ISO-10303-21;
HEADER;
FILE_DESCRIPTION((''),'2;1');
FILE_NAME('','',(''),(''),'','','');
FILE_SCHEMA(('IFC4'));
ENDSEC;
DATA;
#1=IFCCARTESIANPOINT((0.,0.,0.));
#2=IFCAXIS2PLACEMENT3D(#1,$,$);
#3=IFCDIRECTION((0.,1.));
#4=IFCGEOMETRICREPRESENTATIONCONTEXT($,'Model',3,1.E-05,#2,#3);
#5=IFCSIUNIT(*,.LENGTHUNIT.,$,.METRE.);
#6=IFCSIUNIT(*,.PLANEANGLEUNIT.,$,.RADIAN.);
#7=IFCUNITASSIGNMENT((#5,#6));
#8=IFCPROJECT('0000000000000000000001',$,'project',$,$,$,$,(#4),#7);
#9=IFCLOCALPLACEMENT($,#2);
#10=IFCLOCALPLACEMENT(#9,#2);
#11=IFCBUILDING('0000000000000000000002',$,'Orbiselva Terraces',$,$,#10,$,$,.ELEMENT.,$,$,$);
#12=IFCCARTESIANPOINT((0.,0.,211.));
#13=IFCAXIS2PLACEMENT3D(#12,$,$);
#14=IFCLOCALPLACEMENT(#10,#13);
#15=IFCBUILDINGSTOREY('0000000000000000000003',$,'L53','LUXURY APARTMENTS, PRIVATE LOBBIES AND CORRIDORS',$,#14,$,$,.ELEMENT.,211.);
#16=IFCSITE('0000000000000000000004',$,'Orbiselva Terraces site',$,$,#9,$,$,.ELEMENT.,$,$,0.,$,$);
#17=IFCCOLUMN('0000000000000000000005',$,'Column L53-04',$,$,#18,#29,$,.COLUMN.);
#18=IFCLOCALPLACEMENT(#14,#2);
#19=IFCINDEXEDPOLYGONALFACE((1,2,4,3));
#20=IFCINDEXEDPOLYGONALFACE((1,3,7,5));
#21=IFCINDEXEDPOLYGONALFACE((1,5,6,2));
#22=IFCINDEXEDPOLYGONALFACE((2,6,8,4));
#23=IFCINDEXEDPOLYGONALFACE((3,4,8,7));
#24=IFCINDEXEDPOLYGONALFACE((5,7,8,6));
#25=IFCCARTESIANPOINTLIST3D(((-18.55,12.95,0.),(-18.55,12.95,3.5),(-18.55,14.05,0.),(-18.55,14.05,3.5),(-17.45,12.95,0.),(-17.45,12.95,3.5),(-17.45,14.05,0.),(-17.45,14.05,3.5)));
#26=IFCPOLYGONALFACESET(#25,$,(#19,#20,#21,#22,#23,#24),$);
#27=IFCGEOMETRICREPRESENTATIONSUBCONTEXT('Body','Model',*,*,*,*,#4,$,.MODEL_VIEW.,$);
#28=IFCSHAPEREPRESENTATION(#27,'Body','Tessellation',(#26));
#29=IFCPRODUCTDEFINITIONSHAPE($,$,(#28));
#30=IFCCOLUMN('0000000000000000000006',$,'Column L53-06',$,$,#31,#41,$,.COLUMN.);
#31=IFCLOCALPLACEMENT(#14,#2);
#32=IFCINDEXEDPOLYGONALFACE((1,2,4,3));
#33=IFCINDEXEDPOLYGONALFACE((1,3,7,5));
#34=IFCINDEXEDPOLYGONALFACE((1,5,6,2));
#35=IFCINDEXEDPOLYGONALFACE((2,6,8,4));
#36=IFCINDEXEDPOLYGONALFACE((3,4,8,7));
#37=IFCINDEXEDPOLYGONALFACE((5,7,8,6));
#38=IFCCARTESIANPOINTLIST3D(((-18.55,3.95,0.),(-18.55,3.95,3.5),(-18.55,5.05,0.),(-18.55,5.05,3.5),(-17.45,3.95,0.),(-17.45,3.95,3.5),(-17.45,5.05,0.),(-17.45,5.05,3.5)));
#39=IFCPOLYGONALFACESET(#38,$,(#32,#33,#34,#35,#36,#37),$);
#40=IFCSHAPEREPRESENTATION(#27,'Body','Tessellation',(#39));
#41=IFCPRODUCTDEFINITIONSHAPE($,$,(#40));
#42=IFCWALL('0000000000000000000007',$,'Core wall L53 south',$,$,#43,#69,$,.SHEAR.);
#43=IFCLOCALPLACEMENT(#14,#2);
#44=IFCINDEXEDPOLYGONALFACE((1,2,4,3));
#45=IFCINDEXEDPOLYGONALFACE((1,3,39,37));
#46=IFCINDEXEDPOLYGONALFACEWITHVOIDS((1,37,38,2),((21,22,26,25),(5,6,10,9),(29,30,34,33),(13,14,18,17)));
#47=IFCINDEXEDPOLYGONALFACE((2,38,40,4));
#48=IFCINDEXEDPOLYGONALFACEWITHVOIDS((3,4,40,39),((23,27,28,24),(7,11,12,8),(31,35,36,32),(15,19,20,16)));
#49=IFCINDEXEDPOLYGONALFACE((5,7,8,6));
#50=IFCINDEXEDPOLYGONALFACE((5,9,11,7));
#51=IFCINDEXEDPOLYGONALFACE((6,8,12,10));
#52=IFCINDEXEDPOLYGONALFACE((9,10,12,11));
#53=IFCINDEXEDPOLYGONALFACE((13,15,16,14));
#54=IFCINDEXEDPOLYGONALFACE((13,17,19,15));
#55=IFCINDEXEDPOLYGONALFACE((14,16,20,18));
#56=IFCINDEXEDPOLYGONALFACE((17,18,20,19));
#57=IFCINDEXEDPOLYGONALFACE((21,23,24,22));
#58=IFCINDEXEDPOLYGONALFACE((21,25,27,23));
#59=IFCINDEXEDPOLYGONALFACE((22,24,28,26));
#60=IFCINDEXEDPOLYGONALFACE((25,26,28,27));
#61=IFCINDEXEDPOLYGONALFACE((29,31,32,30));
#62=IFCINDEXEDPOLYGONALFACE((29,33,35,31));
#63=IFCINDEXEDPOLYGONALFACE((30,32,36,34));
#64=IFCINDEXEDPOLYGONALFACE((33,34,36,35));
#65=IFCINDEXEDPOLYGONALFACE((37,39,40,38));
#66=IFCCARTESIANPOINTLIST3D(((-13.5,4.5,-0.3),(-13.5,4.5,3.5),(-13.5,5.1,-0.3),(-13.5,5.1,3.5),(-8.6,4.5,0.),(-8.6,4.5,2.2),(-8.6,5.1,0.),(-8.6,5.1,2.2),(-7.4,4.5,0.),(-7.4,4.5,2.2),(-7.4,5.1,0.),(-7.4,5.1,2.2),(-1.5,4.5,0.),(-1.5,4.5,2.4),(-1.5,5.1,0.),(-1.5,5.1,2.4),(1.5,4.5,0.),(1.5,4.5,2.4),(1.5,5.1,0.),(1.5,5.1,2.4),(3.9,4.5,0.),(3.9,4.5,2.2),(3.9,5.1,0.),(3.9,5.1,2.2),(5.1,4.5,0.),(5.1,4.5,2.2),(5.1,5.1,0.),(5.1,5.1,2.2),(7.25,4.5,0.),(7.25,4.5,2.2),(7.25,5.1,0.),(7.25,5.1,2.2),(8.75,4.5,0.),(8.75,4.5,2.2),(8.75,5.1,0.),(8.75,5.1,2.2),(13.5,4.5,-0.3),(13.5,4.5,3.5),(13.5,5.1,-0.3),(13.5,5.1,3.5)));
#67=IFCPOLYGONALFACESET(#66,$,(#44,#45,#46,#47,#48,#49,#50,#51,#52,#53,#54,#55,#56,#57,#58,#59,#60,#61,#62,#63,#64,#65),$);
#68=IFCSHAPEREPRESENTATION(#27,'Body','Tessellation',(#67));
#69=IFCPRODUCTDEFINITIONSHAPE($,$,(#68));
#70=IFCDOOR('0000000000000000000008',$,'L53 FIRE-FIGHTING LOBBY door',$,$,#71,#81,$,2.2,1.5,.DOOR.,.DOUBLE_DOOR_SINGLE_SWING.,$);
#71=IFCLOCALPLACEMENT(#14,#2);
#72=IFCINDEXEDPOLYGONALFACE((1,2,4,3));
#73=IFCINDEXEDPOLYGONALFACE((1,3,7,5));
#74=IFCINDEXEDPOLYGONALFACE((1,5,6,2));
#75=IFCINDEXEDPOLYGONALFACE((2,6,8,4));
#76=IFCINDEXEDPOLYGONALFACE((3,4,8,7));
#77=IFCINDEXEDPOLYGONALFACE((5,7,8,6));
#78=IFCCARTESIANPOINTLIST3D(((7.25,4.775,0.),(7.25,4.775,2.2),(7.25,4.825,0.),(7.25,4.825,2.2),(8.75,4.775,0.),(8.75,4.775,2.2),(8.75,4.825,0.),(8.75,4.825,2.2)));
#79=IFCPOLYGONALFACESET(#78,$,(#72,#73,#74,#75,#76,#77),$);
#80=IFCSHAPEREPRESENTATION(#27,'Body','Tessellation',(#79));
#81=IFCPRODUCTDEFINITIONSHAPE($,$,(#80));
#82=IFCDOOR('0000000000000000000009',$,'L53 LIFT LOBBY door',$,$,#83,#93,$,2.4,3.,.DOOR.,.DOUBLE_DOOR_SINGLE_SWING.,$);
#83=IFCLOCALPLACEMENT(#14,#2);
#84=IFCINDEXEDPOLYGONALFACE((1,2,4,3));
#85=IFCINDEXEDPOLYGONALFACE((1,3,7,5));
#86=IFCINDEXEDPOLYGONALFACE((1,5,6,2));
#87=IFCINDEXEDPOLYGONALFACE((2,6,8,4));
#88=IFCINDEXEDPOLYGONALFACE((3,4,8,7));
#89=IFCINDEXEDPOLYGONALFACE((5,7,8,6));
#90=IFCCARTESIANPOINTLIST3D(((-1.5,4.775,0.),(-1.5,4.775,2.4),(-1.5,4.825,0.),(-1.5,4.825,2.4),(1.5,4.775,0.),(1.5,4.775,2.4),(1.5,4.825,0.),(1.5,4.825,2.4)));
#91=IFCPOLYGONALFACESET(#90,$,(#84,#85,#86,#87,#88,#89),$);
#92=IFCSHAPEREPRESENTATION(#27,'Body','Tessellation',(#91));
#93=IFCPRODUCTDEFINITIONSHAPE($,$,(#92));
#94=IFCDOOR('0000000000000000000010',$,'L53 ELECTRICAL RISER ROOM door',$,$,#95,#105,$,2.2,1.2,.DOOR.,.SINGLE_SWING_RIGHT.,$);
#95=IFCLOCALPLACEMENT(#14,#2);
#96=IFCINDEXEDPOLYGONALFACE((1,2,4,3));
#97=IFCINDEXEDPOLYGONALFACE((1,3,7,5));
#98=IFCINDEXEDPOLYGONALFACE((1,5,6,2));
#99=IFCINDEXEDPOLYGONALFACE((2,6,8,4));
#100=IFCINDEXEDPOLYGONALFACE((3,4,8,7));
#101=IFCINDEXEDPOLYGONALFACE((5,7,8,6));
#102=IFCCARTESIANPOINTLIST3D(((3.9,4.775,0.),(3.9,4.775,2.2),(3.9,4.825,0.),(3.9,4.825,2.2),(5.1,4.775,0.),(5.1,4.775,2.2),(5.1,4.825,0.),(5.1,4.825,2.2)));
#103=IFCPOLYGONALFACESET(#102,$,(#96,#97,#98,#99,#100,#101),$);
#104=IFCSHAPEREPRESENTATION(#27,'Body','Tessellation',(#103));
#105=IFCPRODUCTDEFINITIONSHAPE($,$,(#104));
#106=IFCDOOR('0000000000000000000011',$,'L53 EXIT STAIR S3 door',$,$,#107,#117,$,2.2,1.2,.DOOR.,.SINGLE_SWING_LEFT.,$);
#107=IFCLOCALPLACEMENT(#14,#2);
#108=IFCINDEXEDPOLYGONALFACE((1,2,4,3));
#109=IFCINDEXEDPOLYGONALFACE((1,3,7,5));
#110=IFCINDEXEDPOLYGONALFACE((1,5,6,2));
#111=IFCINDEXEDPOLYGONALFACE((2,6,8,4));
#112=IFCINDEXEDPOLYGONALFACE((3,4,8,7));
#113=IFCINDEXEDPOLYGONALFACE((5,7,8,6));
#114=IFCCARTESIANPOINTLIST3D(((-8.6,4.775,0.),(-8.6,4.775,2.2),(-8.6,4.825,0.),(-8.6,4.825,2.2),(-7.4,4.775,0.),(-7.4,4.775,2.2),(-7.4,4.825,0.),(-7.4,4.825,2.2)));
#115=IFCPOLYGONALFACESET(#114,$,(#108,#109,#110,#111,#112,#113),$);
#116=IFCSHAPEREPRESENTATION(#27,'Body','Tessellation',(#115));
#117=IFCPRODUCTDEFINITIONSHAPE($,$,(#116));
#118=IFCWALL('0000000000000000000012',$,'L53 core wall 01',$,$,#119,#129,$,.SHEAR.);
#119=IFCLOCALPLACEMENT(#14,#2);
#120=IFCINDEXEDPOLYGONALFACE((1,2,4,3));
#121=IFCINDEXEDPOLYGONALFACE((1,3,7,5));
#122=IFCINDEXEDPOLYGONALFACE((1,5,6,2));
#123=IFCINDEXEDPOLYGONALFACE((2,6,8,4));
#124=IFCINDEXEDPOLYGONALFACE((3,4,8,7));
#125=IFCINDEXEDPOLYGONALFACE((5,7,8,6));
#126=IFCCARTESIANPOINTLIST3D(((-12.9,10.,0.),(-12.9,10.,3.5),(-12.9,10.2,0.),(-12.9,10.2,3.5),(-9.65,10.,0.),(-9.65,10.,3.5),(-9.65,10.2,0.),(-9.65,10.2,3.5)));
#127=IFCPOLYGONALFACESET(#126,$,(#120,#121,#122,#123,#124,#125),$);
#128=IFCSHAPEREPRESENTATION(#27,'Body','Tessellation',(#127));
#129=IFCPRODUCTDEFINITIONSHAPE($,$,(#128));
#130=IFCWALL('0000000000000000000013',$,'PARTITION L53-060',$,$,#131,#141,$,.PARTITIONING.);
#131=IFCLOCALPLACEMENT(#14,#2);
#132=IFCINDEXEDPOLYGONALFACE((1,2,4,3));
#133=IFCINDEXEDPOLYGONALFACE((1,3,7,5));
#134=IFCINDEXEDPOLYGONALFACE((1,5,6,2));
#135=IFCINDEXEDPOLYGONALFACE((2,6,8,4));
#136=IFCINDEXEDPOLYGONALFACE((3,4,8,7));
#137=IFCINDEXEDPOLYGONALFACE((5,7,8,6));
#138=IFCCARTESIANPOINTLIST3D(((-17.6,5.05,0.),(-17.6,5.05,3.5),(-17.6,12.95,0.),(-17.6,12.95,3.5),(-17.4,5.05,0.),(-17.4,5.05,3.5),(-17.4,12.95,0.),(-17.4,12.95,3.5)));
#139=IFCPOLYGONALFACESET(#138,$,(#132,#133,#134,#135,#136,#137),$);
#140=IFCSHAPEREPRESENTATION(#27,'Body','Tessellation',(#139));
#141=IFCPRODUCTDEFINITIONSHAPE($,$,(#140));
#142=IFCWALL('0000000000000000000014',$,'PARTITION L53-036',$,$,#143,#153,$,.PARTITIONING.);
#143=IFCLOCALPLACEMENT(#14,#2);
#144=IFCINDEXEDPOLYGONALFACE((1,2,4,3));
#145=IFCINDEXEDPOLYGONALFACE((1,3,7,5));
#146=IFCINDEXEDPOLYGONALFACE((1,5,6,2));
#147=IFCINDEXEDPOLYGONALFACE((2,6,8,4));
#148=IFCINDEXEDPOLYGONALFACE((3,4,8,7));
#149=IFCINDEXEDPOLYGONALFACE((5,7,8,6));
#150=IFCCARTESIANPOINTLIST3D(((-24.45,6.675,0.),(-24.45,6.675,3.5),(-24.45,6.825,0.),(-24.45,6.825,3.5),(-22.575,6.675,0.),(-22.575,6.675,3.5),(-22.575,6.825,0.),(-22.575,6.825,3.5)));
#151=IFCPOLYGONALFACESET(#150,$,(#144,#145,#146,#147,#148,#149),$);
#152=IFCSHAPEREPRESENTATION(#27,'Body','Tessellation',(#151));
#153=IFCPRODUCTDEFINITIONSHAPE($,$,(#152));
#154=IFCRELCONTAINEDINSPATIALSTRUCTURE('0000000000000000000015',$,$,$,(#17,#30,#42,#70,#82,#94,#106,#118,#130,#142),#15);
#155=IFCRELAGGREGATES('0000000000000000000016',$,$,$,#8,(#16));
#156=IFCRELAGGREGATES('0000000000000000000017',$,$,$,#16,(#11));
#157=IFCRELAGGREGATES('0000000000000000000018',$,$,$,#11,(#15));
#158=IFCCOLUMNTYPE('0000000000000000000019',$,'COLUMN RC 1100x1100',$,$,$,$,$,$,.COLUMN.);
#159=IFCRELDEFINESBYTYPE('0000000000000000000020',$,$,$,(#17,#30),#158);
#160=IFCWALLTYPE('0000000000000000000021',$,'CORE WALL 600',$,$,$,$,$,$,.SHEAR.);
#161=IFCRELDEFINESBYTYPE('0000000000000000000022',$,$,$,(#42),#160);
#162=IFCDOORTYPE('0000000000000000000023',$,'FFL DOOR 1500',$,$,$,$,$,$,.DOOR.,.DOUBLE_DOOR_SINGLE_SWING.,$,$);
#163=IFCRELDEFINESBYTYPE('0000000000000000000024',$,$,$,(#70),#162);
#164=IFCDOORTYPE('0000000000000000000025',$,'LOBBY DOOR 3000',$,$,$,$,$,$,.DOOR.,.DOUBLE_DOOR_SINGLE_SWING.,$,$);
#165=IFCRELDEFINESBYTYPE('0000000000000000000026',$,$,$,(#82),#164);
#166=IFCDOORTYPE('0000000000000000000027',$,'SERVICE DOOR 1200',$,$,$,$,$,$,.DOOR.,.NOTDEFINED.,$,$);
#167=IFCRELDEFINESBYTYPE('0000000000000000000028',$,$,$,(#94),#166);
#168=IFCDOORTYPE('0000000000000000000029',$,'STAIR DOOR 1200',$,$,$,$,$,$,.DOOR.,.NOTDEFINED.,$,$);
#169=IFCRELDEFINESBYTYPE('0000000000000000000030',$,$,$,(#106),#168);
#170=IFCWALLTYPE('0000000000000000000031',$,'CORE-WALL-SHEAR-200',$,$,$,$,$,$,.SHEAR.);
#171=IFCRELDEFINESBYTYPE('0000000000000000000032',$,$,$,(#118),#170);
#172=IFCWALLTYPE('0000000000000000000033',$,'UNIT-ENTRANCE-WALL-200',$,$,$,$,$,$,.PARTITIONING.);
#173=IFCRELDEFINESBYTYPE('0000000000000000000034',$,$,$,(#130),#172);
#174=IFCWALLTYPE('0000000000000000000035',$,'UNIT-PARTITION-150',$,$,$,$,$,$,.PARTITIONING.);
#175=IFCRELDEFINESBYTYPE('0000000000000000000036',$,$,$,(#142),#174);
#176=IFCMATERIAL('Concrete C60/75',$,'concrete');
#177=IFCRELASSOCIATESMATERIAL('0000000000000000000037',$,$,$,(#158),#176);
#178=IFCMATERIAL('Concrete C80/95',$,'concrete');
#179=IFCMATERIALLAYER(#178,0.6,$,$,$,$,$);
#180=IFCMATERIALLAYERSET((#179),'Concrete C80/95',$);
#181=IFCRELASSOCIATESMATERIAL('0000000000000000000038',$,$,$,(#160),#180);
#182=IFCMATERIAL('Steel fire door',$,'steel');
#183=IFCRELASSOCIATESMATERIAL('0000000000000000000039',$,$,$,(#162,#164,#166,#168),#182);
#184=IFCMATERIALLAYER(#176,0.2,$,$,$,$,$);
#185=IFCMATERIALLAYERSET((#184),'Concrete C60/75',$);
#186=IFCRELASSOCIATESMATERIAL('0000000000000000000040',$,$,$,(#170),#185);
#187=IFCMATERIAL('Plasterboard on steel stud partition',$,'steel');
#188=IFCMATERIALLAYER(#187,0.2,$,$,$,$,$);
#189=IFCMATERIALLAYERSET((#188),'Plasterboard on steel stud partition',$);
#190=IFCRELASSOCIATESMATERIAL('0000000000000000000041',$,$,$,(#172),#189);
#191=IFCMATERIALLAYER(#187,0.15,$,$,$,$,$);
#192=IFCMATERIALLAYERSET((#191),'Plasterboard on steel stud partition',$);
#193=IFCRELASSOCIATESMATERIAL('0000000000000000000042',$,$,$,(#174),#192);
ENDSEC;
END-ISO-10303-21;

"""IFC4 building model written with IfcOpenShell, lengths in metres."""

from ifc_helpers import new_model, si_unit, direction, frame, frame_2d, origin, origin_2d, place, context, subcontext, project, spatial, rectangle, extrude, material, layer, layer_set, material_profile, profile_set, type_object, element, fill, save


model = new_model("IFC4")

# Units and contexts
model_context = context("Model", 3, precision=1e-05, world=origin(), true_north=direction((0.0, 1.0)))
body_context = subcontext(model_context, "Body", "Model", "MODEL_VIEW")
ifc_project = project(units=[si_unit("LENGTHUNIT", "METRE"), si_unit("PLANEANGLEUNIT", "RADIAN")], contexts=[model_context])

# Site, building, storey
site_placement = place(None, origin())
site = spatial("IfcSite", under=ifc_project, at=site_placement, Name="Orbiselva Terraces site", CompositionType="ELEMENT", RefElevation=0.0)
building_placement = place(site_placement, origin())
building = spatial("IfcBuilding", under=site, at=building_placement, Name="Orbiselva Terraces", CompositionType="ELEMENT")
storey_placement = place(building_placement, frame((0.0, 0.0, 211.0)))
storey = spatial("IfcBuildingStorey", under=building, at=storey_placement, Name="L53", Description="LUXURY APARTMENTS, PRIVATE LOBBIES AND CORRIDORS", CompositionType="ELEMENT", Elevation=211.0)

# Columns
ifc_material_1 = material(Name="Concrete C60/75", Category="concrete")
ifc_material_profile = material_profile(ifc_material_1, rectangle(XDim=1.1, YDim=1.1, at=origin_2d()), Name="RC 1100x1100")
ifc_profile_set = profile_set([ifc_material_profile], Name="Concrete C60/75")
column_type = type_object("IfcColumnType", Name="COLUMN RC 1100x1100", PredefinedType="COLUMN", material=ifc_profile_set)
for number, where, z_axis, x_axis, name in (
    (1, (-18.0, 13.5, 0.0), (0.0, 0.0, 1.0), (1.0, 0.0, 0.0), "Column L53-04"),
    (2, (-18.0, 4.5, 0.0), (0.0, 0.0, 1.0), (1.0, 0.0, 0.0), "Column L53-06"),
):
    element("IfcColumn", number, at=place(storey_placement, frame(where, z_axis=z_axis, x_axis=x_axis)), inside=storey, type_object=column_type, Name=name, PredefinedType="COLUMN", context=body_context, shape_type="SweptSolid", body=[
        extrude(rectangle(XDim=1.1, YDim=1.1, at=origin_2d()), origin(), (0.0, 0.0, 1.0), 3.5),
    ])

# Wall, openings, doors
ifc_material_2 = material(Name="Concrete C80/95", Category="concrete")
ifc_layer_1 = layer(ifc_material_2, 0.6)
ifc_layer_set_1 = layer_set([ifc_layer_1], Name="Concrete C80/95")
wall_type_1 = type_object("IfcWallType", Name="CORE WALL 600", PredefinedType="SHEAR", material=ifc_layer_set_1)
wall_1_placement = place(storey_placement, frame((-13.5, 4.8, -0.3), z_axis=(0.0, 0.0, 1.0), x_axis=(1.0, 0.0, 0.0)))
wall_1 = element("IfcWall", 3, at=wall_1_placement, inside=storey, type_object=wall_type_1, Name="Core wall L53 south", PredefinedType="SHEAR", context=body_context, shape_type="SweptSolid", body=[
    extrude(rectangle(XDim=27.0, YDim=0.6, at=frame_2d((13.5, 0.0))), origin(), (0.0, 0.0, 1.0), 3.8),
])
opening_1_placement = place(wall_1_placement, frame((12.0, 0.0, 0.3)))
opening_1 = element("IfcOpeningElement", 4, at=opening_1_placement, cuts=wall_1, PredefinedType="OPENING", context=body_context, shape_type="SweptSolid", body=[
    extrude(rectangle(XDim=3.0, YDim=2.4, at=frame_2d((1.5, 1.2))), frame((0.0, 0.31, 0.0), z_axis=(0.0, -1.0, 0.0), x_axis=(1.0, 0.0, 0.0)), (0.0, 0.0, 1.0), 0.62),
])
opening_2_placement = place(wall_1_placement, frame((4.9, 0.0, 0.3)))
opening_2 = element("IfcOpeningElement", 5, at=opening_2_placement, cuts=wall_1, PredefinedType="OPENING", context=body_context, shape_type="SweptSolid", body=[
    extrude(rectangle(XDim=1.2, YDim=2.2, at=frame_2d((0.6, 1.1))), frame((0.0, 0.31, 0.0), z_axis=(0.0, -1.0, 0.0), x_axis=(1.0, 0.0, 0.0)), (0.0, 0.0, 1.0), 0.62),
])
opening_3_placement = place(wall_1_placement, frame((20.75, 0.0, 0.3)))
opening_3 = element("IfcOpeningElement", 6, at=opening_3_placement, cuts=wall_1, PredefinedType="OPENING", context=body_context, shape_type="SweptSolid", body=[
    extrude(rectangle(XDim=1.5, YDim=2.2, at=frame_2d((0.75, 1.1))), frame((0.0, 0.31, 0.0), z_axis=(0.0, -1.0, 0.0), x_axis=(1.0, 0.0, 0.0)), (0.0, 0.0, 1.0), 0.62),
])
opening_4_placement = place(wall_1_placement, frame((17.4, 0.0, 0.3)))
opening_4 = element("IfcOpeningElement", 7, at=opening_4_placement, cuts=wall_1, PredefinedType="OPENING", context=body_context, shape_type="SweptSolid", body=[
    extrude(rectangle(XDim=1.2, YDim=2.2, at=frame_2d((0.6, 1.1))), frame((0.0, 0.31, 0.0), z_axis=(0.0, -1.0, 0.0), x_axis=(1.0, 0.0, 0.0)), (0.0, 0.0, 1.0), 0.62),
])
ifc_material_3 = material(Name="Steel fire door", Category="steel")
door_type_1 = type_object("IfcDoorType", Name="FFL DOOR 1500", OperationType="DOUBLE_DOOR_SINGLE_SWING", PredefinedType="DOOR", material=ifc_material_3)
door_1_placement = place(opening_3_placement, frame((1.5, 0.0, 0.0), z_axis=(0.0, 0.0, 1.0), x_axis=(-1.0, 0.0, 0.0)))
door_1 = element("IfcDoor", 8, at=door_1_placement, inside=storey, type_object=door_type_1, Name="L53 FIRE-FIGHTING LOBBY door", OperationType="DOUBLE_DOOR_SINGLE_SWING", OverallHeight=2.2, OverallWidth=1.5, PredefinedType="DOOR", context=body_context, shape_type="SweptSolid", body=[
    extrude(rectangle(XDim=1.5, YDim=2.2, at=frame_2d((0.75, 1.1))), frame((0.0, 0.025, 0.0), z_axis=(0.0, -1.0, 0.0), x_axis=(1.0, 0.0, 0.0)), (0.0, 0.0, 1.0), 0.05),
])
fill(opening_3, door_1)
door_type_2 = type_object("IfcDoorType", Name="LOBBY DOOR 3000", OperationType="DOUBLE_DOOR_SINGLE_SWING", PredefinedType="DOOR", material=ifc_material_3)
door_2_placement = place(opening_1_placement, frame((3.0, 0.0, 0.0), z_axis=(0.0, 0.0, 1.0), x_axis=(-1.0, 0.0, 0.0)))
door_2 = element("IfcDoor", 9, at=door_2_placement, inside=storey, type_object=door_type_2, Name="L53 LIFT LOBBY door", OperationType="DOUBLE_DOOR_SINGLE_SWING", OverallHeight=2.4, OverallWidth=3.0, PredefinedType="DOOR", context=body_context, shape_type="SweptSolid", body=[
    extrude(rectangle(XDim=3.0, YDim=2.4, at=frame_2d((1.5, 1.2))), frame((0.0, 0.025, 0.0), z_axis=(0.0, -1.0, 0.0), x_axis=(1.0, 0.0, 0.0)), (0.0, 0.0, 1.0), 0.05),
])
fill(opening_1, door_2)
door_type_3 = type_object("IfcDoorType", Name="SERVICE DOOR 1200", OperationType="NOTDEFINED", PredefinedType="DOOR", material=ifc_material_3)
door_3_placement = place(opening_4_placement, frame((1.2, 0.0, 0.0), z_axis=(0.0, 0.0, 1.0), x_axis=(-1.0, 0.0, 0.0)))
door_3 = element("IfcDoor", 10, at=door_3_placement, inside=storey, type_object=door_type_3, Name="L53 ELECTRICAL RISER ROOM door", OperationType="SINGLE_SWING_RIGHT", OverallHeight=2.2, OverallWidth=1.2, PredefinedType="DOOR", context=body_context, shape_type="SweptSolid", body=[
    extrude(rectangle(XDim=1.2, YDim=2.2, at=frame_2d((0.6, 1.1))), frame((0.0, 0.025, 0.0), z_axis=(0.0, -1.0, 0.0), x_axis=(1.0, 0.0, 0.0)), (0.0, 0.0, 1.0), 0.05),
])
fill(opening_4, door_3)
door_type_4 = type_object("IfcDoorType", Name="STAIR DOOR 1200", OperationType="NOTDEFINED", PredefinedType="DOOR", material=ifc_material_3)
door_4_placement = place(opening_2_placement, frame((1.2, 0.0, 0.0), z_axis=(0.0, 0.0, 1.0), x_axis=(-1.0, 0.0, 0.0)))
door_4 = element("IfcDoor", 11, at=door_4_placement, inside=storey, type_object=door_type_4, Name="L53 EXIT STAIR S3 door", OperationType="SINGLE_SWING_LEFT", OverallHeight=2.2, OverallWidth=1.2, PredefinedType="DOOR", context=body_context, shape_type="SweptSolid", body=[
    extrude(rectangle(XDim=1.2, YDim=2.2, at=frame_2d((0.6, 1.1))), frame((0.0, 0.025, 0.0), z_axis=(0.0, -1.0, 0.0), x_axis=(1.0, 0.0, 0.0)), (0.0, 0.0, 1.0), 0.05),
])
fill(opening_2, door_4)

# Walls
ifc_layer_2 = layer(ifc_material_1, 0.2)
ifc_layer_set_2 = layer_set([ifc_layer_2], Name="Concrete C60/75")
wall_type_2 = type_object("IfcWallType", Name="CORE-WALL-SHEAR-200", PredefinedType="SHEAR", material=ifc_layer_set_2)
wall_2_placement = place(storey_placement, frame((-12.9, 10.1, 0.0), z_axis=(0.0, 0.0, 1.0), x_axis=(1.0, 0.0, 0.0)))
element("IfcWall", 12, at=wall_2_placement, inside=storey, type_object=wall_type_2, Name="L53 core wall 01", PredefinedType="SHEAR", context=body_context, shape_type="SweptSolid", body=[
    extrude(rectangle(XDim=3.25, YDim=0.2, at=frame_2d((1.625, 0.0))), origin(), (0.0, 0.0, 1.0), 3.5),
])
ifc_material_4 = material(Name="Plasterboard on steel stud partition", Category="steel")
ifc_layer_3 = layer(ifc_material_4, 0.2)
ifc_layer_set_3 = layer_set([ifc_layer_3], Name="Plasterboard on steel stud partition")
wall_type_3 = type_object("IfcWallType", Name="UNIT-ENTRANCE-WALL-200", PredefinedType="PARTITIONING", material=ifc_layer_set_3)
wall_3_placement = place(storey_placement, frame((-17.5, 5.05, 0.0), z_axis=(0.0, 0.0, 1.0), x_axis=(0.0, 1.0, 0.0)))
element("IfcWall", 13, at=wall_3_placement, inside=storey, type_object=wall_type_3, Name="PARTITION L53-060", PredefinedType="PARTITIONING", context=body_context, shape_type="SweptSolid", body=[
    extrude(rectangle(XDim=7.9, YDim=0.2, at=frame_2d((3.95, 0.0))), origin(), (0.0, 0.0, 1.0), 3.5),
])
ifc_layer_4 = layer(ifc_material_4, 0.15)
ifc_layer_set_4 = layer_set([ifc_layer_4], Name="Plasterboard on steel stud partition")
wall_type_4 = type_object("IfcWallType", Name="UNIT-PARTITION-150", PredefinedType="PARTITIONING", material=ifc_layer_set_4)
wall_4_placement = place(storey_placement, frame((-24.45, 6.75, 0.0), z_axis=(0.0, 0.0, 1.0), x_axis=(1.0, 0.0, 0.0)))
element("IfcWall", 14, at=wall_4_placement, inside=storey, type_object=wall_type_4, Name="PARTITION L53-036", PredefinedType="PARTITIONING", context=body_context, shape_type="SweptSolid", body=[
    extrude(rectangle(XDim=1.875, YDim=0.15, at=frame_2d((0.9375, 0.0))), origin(), (0.0, 0.0, 1.0), 3.5),
])

save(model, "model.ifc")
